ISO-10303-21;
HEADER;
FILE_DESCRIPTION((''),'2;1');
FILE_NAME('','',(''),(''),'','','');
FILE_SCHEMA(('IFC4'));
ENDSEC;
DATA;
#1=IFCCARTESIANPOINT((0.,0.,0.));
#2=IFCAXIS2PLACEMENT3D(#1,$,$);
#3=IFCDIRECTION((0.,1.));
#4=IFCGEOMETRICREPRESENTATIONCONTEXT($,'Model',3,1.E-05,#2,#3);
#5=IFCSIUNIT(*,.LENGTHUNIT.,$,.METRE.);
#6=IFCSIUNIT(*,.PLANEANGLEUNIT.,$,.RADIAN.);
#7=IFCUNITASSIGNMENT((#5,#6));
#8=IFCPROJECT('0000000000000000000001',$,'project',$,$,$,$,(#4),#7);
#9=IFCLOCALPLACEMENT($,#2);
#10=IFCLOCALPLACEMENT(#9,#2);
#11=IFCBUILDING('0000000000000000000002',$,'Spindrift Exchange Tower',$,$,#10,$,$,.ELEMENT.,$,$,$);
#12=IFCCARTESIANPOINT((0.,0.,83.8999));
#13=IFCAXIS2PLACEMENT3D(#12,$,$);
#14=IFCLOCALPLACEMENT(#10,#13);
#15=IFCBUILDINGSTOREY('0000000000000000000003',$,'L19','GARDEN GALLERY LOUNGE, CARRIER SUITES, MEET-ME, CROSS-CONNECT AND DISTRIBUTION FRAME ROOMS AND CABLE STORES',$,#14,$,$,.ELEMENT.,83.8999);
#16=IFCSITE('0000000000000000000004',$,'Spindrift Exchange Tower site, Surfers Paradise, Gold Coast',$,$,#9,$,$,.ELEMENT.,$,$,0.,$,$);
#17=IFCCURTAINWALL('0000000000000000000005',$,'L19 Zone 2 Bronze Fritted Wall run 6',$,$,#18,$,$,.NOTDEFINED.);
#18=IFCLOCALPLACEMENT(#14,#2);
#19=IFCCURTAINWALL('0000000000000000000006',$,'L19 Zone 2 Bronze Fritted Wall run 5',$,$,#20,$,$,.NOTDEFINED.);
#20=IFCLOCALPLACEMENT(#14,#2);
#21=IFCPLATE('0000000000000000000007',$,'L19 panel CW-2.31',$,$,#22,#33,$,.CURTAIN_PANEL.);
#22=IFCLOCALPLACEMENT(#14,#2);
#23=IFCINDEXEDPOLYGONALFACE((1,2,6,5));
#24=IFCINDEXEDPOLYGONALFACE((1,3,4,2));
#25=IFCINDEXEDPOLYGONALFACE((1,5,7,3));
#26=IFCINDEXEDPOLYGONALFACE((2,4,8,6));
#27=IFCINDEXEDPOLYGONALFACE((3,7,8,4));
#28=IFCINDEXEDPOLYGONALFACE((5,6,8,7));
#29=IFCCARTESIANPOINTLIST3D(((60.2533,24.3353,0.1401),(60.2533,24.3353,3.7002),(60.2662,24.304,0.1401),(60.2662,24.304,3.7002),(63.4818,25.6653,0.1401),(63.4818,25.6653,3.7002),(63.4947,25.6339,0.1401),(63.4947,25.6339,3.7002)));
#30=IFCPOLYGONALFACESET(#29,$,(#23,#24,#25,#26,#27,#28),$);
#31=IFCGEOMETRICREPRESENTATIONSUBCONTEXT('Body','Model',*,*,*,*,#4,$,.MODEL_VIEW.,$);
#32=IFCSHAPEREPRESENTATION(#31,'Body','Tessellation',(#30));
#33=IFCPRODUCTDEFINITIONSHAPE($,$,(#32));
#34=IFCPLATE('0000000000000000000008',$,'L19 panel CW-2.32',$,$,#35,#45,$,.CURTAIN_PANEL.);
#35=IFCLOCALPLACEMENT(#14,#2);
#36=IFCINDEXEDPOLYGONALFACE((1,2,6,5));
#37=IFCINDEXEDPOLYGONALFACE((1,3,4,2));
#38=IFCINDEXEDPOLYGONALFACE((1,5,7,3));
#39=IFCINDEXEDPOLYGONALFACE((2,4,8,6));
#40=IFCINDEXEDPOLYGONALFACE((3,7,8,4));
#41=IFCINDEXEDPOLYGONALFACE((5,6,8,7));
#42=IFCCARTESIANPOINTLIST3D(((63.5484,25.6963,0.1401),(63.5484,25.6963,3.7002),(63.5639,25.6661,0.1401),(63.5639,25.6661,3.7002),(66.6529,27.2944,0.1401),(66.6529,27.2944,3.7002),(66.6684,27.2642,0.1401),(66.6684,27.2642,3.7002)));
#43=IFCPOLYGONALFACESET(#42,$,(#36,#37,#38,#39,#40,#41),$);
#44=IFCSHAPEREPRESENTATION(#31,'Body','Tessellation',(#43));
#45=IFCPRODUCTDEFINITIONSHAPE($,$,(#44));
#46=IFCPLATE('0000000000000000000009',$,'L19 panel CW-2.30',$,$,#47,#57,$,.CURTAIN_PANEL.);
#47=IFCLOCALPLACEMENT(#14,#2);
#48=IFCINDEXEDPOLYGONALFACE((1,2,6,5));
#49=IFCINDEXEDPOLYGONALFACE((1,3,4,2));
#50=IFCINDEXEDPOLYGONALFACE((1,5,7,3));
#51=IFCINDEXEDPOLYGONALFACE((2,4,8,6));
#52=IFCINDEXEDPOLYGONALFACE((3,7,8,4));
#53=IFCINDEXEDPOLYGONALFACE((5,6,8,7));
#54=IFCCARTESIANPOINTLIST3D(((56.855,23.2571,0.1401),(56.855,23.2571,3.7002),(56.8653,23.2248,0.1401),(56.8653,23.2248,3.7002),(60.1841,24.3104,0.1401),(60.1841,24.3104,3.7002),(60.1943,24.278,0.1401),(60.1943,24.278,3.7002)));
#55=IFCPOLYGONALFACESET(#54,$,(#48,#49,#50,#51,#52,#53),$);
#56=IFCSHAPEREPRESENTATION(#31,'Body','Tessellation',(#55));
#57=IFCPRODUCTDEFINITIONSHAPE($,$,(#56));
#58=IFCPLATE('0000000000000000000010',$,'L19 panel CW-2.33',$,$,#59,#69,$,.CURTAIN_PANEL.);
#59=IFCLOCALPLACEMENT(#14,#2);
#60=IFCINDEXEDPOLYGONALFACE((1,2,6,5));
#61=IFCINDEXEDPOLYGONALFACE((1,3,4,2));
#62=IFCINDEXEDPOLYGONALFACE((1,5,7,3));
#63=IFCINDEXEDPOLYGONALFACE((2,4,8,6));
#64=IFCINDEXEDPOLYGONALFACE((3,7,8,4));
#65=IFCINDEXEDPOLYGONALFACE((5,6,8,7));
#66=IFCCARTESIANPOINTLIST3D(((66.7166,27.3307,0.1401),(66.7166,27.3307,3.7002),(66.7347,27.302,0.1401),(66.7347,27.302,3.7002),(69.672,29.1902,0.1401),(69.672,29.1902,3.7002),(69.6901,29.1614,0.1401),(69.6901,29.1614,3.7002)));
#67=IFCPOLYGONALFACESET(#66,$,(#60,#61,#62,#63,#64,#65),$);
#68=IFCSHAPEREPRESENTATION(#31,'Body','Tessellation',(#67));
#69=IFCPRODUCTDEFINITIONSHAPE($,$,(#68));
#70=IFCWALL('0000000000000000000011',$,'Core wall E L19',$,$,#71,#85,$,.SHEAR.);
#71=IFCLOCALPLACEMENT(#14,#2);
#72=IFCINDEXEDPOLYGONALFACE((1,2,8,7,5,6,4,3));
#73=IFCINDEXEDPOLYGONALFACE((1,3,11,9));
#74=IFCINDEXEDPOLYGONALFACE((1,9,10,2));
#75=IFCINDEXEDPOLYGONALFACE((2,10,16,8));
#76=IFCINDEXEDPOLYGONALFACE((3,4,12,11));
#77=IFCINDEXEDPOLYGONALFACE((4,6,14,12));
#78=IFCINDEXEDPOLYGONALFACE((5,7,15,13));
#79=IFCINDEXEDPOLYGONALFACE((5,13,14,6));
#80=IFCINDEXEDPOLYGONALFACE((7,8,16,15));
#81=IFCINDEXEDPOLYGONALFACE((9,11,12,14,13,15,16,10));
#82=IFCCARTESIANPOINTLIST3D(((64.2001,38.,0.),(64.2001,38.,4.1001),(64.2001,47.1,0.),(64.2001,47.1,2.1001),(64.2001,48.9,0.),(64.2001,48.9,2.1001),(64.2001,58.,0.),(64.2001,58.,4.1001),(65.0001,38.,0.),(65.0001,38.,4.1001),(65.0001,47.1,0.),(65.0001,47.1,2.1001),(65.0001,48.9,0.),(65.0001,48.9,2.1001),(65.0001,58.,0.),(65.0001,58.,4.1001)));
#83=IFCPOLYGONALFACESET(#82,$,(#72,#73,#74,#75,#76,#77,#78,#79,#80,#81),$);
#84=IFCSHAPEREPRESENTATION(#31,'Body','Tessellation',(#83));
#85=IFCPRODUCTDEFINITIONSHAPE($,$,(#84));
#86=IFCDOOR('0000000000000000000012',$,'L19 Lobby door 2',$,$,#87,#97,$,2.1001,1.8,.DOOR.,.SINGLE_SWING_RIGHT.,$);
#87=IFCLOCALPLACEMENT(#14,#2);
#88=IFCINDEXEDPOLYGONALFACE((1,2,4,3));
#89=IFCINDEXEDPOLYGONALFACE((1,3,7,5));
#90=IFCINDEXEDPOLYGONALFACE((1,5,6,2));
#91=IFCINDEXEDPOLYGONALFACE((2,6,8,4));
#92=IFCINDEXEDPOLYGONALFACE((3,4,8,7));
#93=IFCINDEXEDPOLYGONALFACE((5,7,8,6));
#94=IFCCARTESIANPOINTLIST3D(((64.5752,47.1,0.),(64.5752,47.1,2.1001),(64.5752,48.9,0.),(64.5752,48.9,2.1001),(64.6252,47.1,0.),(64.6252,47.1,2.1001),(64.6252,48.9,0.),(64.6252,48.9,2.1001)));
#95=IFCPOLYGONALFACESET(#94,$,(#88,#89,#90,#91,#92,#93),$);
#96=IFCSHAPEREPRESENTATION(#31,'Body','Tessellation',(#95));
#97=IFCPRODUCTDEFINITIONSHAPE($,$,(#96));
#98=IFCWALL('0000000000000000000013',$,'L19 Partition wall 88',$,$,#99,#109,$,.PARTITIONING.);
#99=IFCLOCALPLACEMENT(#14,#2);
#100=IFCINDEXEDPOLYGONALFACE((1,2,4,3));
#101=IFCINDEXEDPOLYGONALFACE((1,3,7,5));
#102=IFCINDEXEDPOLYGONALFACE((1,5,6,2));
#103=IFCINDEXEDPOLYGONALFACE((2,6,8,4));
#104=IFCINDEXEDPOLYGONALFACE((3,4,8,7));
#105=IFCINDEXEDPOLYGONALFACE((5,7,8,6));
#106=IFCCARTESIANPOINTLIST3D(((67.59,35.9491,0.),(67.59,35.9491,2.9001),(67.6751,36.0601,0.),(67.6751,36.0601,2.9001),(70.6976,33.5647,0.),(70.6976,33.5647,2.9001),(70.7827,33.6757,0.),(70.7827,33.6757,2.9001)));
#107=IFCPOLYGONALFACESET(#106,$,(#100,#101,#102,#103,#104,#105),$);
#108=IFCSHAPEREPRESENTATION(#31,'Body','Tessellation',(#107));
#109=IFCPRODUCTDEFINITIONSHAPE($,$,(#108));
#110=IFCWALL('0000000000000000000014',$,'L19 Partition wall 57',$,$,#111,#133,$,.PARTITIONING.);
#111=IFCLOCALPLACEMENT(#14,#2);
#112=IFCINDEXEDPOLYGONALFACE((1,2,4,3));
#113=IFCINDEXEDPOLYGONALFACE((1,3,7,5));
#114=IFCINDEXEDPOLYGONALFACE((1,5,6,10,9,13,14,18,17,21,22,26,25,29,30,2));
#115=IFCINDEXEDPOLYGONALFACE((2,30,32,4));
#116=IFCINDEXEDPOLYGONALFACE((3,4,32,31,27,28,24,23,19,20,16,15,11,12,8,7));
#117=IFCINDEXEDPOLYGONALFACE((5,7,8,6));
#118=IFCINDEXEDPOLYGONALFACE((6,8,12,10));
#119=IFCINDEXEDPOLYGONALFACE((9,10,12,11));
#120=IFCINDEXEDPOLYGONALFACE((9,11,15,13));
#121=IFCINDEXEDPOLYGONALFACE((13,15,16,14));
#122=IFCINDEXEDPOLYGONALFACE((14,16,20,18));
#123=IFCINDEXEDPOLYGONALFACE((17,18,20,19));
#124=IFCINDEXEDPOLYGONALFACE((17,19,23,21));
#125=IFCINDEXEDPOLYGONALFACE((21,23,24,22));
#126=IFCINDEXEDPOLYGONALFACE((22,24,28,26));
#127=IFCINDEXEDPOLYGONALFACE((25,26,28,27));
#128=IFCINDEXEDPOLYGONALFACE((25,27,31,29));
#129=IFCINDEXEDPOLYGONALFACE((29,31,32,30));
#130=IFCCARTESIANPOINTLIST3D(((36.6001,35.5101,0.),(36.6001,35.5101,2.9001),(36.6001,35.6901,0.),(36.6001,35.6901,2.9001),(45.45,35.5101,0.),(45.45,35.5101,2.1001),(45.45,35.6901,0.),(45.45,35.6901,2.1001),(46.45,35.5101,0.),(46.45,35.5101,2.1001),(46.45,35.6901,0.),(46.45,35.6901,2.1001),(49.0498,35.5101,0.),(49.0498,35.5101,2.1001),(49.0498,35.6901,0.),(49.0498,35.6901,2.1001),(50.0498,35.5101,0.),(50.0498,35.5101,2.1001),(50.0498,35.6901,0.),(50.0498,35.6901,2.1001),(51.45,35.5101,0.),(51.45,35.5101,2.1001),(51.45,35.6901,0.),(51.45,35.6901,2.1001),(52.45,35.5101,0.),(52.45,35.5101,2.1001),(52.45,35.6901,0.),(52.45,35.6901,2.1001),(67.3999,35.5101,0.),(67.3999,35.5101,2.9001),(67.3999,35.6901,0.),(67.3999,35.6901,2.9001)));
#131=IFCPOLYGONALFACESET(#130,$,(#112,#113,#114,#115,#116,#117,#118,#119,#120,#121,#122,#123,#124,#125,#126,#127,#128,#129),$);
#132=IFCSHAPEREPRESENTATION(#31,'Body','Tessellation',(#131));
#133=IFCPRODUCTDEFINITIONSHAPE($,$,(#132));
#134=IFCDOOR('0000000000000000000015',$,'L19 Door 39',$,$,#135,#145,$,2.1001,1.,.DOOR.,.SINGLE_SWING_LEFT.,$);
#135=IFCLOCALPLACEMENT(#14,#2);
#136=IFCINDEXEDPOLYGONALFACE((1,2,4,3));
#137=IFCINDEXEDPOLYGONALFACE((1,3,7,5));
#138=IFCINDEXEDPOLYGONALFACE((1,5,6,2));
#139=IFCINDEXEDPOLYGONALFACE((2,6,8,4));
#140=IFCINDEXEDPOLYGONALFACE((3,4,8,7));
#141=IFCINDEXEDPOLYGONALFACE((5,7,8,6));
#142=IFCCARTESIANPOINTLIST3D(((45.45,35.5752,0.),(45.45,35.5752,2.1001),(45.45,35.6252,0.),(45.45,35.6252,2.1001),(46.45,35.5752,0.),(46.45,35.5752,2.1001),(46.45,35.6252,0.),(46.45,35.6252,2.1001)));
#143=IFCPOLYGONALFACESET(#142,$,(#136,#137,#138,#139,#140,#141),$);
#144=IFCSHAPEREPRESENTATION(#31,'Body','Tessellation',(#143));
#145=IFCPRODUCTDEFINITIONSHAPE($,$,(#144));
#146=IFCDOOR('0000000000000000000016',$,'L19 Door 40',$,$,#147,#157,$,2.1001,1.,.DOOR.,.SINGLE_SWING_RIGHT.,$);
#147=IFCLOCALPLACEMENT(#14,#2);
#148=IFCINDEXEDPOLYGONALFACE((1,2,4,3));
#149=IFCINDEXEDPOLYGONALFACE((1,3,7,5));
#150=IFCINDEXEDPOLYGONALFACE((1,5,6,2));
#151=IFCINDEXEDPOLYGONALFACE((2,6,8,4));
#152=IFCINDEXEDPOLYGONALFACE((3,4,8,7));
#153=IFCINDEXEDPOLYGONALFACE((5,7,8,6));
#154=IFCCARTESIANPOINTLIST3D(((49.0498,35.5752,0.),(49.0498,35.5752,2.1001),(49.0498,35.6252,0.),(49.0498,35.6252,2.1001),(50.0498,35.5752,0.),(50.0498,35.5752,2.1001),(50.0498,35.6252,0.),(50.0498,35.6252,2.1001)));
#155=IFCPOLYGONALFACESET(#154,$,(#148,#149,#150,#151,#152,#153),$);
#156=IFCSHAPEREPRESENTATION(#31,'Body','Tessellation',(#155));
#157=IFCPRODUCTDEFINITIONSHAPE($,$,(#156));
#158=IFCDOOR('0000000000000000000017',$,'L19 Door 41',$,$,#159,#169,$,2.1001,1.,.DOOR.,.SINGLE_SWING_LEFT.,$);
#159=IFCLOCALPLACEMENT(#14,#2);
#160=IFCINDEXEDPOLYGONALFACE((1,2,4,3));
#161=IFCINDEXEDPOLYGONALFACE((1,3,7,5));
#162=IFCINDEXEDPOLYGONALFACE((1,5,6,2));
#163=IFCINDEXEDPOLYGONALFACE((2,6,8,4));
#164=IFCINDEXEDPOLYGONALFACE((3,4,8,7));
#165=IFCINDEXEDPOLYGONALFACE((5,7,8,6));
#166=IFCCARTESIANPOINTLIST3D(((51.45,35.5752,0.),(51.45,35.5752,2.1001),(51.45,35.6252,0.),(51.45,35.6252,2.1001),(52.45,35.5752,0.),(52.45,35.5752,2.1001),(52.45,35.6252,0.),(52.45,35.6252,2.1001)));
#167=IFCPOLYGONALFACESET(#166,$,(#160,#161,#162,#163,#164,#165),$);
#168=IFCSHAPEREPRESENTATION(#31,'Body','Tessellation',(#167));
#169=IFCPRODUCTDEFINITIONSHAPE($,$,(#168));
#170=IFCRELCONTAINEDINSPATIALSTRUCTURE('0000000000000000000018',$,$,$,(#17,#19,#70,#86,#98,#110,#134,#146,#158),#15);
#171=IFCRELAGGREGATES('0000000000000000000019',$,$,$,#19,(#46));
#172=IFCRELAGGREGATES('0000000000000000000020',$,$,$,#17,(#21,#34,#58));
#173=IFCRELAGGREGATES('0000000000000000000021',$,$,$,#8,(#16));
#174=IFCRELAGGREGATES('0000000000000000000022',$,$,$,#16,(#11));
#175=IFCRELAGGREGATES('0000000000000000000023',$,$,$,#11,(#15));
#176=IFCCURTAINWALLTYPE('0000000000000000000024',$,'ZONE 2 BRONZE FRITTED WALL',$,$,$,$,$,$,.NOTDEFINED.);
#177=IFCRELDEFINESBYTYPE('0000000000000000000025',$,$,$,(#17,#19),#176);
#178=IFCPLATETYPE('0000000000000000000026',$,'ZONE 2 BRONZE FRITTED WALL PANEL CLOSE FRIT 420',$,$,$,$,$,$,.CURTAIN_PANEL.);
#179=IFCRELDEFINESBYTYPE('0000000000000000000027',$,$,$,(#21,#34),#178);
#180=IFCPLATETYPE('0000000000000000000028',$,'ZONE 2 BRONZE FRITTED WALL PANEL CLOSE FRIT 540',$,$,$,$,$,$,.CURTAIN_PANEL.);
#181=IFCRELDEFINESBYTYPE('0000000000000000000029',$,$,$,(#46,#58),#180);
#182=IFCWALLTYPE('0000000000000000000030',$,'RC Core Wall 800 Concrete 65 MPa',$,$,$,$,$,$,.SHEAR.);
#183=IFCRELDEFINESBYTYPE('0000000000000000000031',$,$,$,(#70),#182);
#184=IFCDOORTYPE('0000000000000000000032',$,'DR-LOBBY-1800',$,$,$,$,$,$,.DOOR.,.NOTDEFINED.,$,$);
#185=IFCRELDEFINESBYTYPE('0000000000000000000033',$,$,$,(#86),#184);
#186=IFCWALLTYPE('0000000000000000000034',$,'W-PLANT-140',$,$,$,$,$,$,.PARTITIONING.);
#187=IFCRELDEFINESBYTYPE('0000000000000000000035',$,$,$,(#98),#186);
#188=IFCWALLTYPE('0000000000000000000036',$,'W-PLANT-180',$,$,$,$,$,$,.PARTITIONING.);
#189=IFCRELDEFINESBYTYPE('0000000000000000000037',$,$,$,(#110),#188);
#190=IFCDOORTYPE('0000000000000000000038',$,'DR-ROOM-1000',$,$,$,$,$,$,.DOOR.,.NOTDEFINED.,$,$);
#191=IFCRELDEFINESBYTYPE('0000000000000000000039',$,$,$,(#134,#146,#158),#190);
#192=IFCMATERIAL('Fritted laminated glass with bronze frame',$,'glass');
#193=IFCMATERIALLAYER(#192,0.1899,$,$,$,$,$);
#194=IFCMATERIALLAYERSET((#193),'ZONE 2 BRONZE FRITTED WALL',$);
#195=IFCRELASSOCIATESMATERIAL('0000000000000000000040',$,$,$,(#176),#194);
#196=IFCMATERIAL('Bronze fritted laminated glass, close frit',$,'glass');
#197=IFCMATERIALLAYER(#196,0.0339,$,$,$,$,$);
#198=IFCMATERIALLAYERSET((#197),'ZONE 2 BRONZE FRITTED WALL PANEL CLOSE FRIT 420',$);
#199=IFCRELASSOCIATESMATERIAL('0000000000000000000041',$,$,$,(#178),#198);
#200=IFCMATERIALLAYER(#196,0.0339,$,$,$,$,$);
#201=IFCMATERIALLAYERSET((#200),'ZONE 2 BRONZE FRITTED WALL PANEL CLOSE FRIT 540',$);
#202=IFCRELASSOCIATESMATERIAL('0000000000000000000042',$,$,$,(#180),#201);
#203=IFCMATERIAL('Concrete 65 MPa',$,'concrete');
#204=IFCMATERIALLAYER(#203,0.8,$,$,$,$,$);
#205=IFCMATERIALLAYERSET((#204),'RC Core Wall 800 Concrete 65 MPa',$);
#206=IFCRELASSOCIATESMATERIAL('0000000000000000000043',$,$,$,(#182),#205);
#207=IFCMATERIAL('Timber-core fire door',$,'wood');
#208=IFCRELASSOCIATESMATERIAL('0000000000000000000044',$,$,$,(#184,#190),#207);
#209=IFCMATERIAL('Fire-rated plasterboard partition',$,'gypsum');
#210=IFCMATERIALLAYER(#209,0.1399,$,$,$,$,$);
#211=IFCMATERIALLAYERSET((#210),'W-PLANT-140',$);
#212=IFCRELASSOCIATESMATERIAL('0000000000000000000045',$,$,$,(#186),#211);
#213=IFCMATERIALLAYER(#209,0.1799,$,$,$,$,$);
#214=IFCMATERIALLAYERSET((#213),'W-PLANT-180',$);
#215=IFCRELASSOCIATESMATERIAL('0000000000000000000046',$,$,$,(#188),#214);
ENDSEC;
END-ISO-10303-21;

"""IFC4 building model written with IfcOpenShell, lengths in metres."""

from ifc_helpers import new_model, si_unit, direction, frame, frame_2d, origin, origin_2d, place, context, subcontext, project, spatial, rectangle, extrude, source, transform, mapped, material, layer, layer_set, type_object, element, fill, aggregate, save


model = new_model("IFC4")

# Units and contexts
model_context = context("Model", 3, precision=1e-05, world=origin(), true_north=direction((0.0, 1.0)))
body_context = subcontext(model_context, "Body", "Model", "MODEL_VIEW")
ifc_project = project(units=[si_unit("LENGTHUNIT", "METRE"), si_unit("PLANEANGLEUNIT", "RADIAN")], contexts=[model_context])

# Site, building, storey
site_placement = place(None, origin())
site = spatial("IfcSite", under=ifc_project, at=site_placement, Name="Spindrift Exchange Tower site, Surfers Paradise, Gold Coast", CompositionType="ELEMENT", RefElevation=0.0)
building_placement = place(site_placement, origin())
building = spatial("IfcBuilding", under=site, at=building_placement, Name="Spindrift Exchange Tower", CompositionType="ELEMENT")
storey_placement = place(building_placement, frame((0.0, 0.0, 83.8999)))
storey = spatial("IfcBuildingStorey", under=building, at=storey_placement, Name="L19", Description="GARDEN GALLERY LOUNGE, CARRIER SUITES, MEET-ME, CROSS-CONNECT AND DISTRIBUTION FRAME ROOMS AND CABLE STORES", CompositionType="ELEMENT", Elevation=83.8999)

# Shared definitions
ifc_material_1 = material(Name="Concrete 65 MPa", Category="concrete")

# Curtain wall
ifc_material_2 = material(Name="Fritted laminated glass with bronze frame", Category="glass")
ifc_layer_1 = layer(ifc_material_2, 0.1899)
ifc_layer_set_1 = layer_set([ifc_layer_1], Name="ZONE 2 BRONZE FRITTED WALL")
curtain_wall_type = type_object("IfcCurtainWallType", Name="ZONE 2 BRONZE FRITTED WALL", PredefinedType="NOTDEFINED", material=ifc_layer_set_1)
curtain_wall_1_placement = place(storey_placement, origin())
curtain_wall_1 = element("IfcCurtainWall", 1, at=curtain_wall_1_placement, inside=storey, type_object=curtain_wall_type, Name="L19 Zone 2 Bronze Fritted Wall run 6", PredefinedType="NOTDEFINED")

# Curtain wall
curtain_wall_2_placement = place(storey_placement, origin())
curtain_wall_2 = element("IfcCurtainWall", 2, at=curtain_wall_2_placement, inside=storey, type_object=curtain_wall_type, Name="L19 Zone 2 Bronze Fritted Wall run 5", PredefinedType="NOTDEFINED")

# Plates
ifc_material_3 = material(Name="Bronze fritted laminated glass, close frit", Category="glass")
ifc_layer_2 = layer(ifc_material_3, 0.0339)
ifc_layer_set_2 = layer_set([ifc_layer_2], Name="ZONE 2 BRONZE FRITTED WALL PANEL CLOSE FRIT 420")
plate_type_1 = type_object("IfcPlateType", Name="ZONE 2 BRONZE FRITTED WALL PANEL CLOSE FRIT 420", PredefinedType="CURTAIN_PANEL", material=ifc_layer_set_2)
shared_shape_1 = source(origin(), body_context, "Body", "SweptSolid", [
    extrude(rectangle(XDim=3.4917, YDim=0.0339, at=origin_2d()), origin(), (0.0, 0.0, 1.0), 3.5601),
])
plate_1_placement = place(storey_placement, frame((61.874, 24.9846, 0.1401), z_axis=(0.0, 0.0, 1.0), x_axis=(0.924624, 0.38088, 0.0)))
plate_1 = element("IfcPlate", 3, at=plate_1_placement, type_object=plate_type_1, Name="L19 panel CW-2.31", PredefinedType="CURTAIN_PANEL", context=body_context, shape_type="MappedRepresentation", body=[
    mapped(shared_shape_1, transform((0.0, 0.0, 0.0), scale=1.0)),
])
plate_2_placement = place(storey_placement, frame((65.1084, 26.4802, 0.1401), z_axis=(0.0, 0.0, 1.0), x_axis=(0.889111, 0.457691, 0.0)))
plate_2 = element("IfcPlate", 4, at=plate_2_placement, type_object=plate_type_1, Name="L19 panel CW-2.32", PredefinedType="CURTAIN_PANEL", context=body_context, shape_type="MappedRepresentation", body=[
    mapped(shared_shape_1, transform((0.0, 0.0, 0.0), scale=1.0)),
])
ifc_layer_3 = layer(ifc_material_3, 0.0339)
ifc_layer_set_3 = layer_set([ifc_layer_3], Name="ZONE 2 BRONZE FRITTED WALL PANEL CLOSE FRIT 540")
plate_type_2 = type_object("IfcPlateType", Name="ZONE 2 BRONZE FRITTED WALL PANEL CLOSE FRIT 540", PredefinedType="CURTAIN_PANEL", material=ifc_layer_set_3)
shared_shape_2 = source(origin(), body_context, "Body", "SweptSolid", [
    extrude(rectangle(XDim=3.4917, YDim=0.0339, at=origin_2d()), origin(), (0.0, 0.0, 1.0), 3.5601),
])
plate_3_placement = place(storey_placement, frame((58.5247, 23.7676, 0.1401), z_axis=(0.0, 0.0, 1.0), x_axis=(0.953417, 0.301656, 0.0)))
plate_3 = element("IfcPlate", 5, at=plate_3_placement, type_object=plate_type_2, Name="L19 panel CW-2.30", PredefinedType="CURTAIN_PANEL", context=body_context, shape_type="MappedRepresentation", body=[
    mapped(shared_shape_2, transform((0.0, 0.0, 0.0), scale=1.0)),
])
aggregate(curtain_wall_2, [plate_3])
plate_4_placement = place(storey_placement, frame((68.2034, 28.2461, 0.1401), z_axis=(0.0, 0.0, 1.0), x_axis=(0.846414, 0.532526, 0.0)))
plate_4 = element("IfcPlate", 6, at=plate_4_placement, type_object=plate_type_2, Name="L19 panel CW-2.33", PredefinedType="CURTAIN_PANEL", context=body_context, shape_type="MappedRepresentation", body=[
    mapped(shared_shape_2, transform((0.0, 0.0, 0.0), scale=1.0)),
])
aggregate(curtain_wall_1, [plate_1, plate_2, plate_4])

# Wall, opening, door
ifc_layer_4 = layer(ifc_material_1, 0.8)
ifc_layer_set_4 = layer_set([ifc_layer_4], Name="RC Core Wall 800 Concrete 65 MPa")
wall_type_1 = type_object("IfcWallType", Name="RC Core Wall 800 Concrete 65 MPa", PredefinedType="SHEAR", material=ifc_layer_set_4)
wall_1_placement = place(storey_placement, frame((64.6001, 38.0, 0.0), z_axis=(0.0, 0.0, 1.0), x_axis=(0.0, 1.0, 0.0)))
wall_1 = element("IfcWall", 7, at=wall_1_placement, inside=storey, type_object=wall_type_1, Name="Core wall E L19", PredefinedType="SHEAR", context=body_context, shape_type="SweptSolid", body=[
    extrude(rectangle(XDim=20.0, YDim=0.8, at=frame_2d((10.0, 0.0))), origin(), (0.0, 0.0, 1.0), 4.1001),
])
opening_1_placement = place(wall_1_placement, frame((9.1001, 0.0, 0.0)))
opening_1 = element("IfcOpeningElement", 8, at=opening_1_placement, cuts=wall_1, PredefinedType="OPENING", context=body_context, shape_type="SweptSolid", body=[
    extrude(rectangle(XDim=1.8, YDim=2.1001, at=frame_2d((0.8999, 1.05))), frame((0.0, 0.4099, 0.0), z_axis=(0.0, -1.0, 0.0), x_axis=(1.0, 0.0, 0.0)), (0.0, 0.0, 1.0), 0.8201),
])
ifc_material_4 = material(Name="Timber-core fire door", Category="wood")
door_type_1 = type_object("IfcDoorType", Name="DR-LOBBY-1800", OperationType="NOTDEFINED", PredefinedType="DOOR", material=ifc_material_4)
shared_shape_3 = source(origin(), body_context, "Body", "SweptSolid", [
    extrude(rectangle(XDim=1.8, YDim=2.1001, at=frame_2d((0.8999, 1.05))), frame((0.0, 0.0249, 0.0), z_axis=(0.0, -1.0, 0.0), x_axis=(1.0, 0.0, 0.0)), (0.0, 0.0, 1.0), 0.05),
])
door_1_placement = place(opening_1_placement, origin())
door_1 = element("IfcDoor", 9, at=door_1_placement, inside=storey, type_object=door_type_1, Name="L19 Lobby door 2", OperationType="SINGLE_SWING_RIGHT", OverallHeight=2.1001, OverallWidth=1.8, PredefinedType="DOOR", context=body_context, shape_type="MappedRepresentation", body=[
    mapped(shared_shape_3, transform((0.0, 0.0, 0.0), scale=1.0)),
])
fill(opening_1, door_1)

# Wall
ifc_material_5 = material(Name="Fire-rated plasterboard partition", Category="gypsum")
ifc_layer_5 = layer(ifc_material_5, 0.1399)
ifc_layer_set_5 = layer_set([ifc_layer_5], Name="W-PLANT-140")
wall_type_2 = type_object("IfcWallType", Name="W-PLANT-140", PredefinedType="PARTITIONING", material=ifc_layer_set_5)
wall_2_placement = place(storey_placement, frame((67.6326, 36.0046, 0.0), z_axis=(0.0, 0.0, 1.0), x_axis=(0.793363, -0.608749, 0.0)))
element("IfcWall", 10, at=wall_2_placement, inside=storey, type_object=wall_type_2, Name="L19 Partition wall 88", PredefinedType="PARTITIONING", context=body_context, shape_type="SweptSolid", body=[
    extrude(rectangle(XDim=3.917, YDim=0.1399, at=frame_2d((1.9585, 0.0))), origin(), (0.0, 0.0, 1.0), 2.9001),
])

# Wall, openings, doors
ifc_layer_6 = layer(ifc_material_5, 0.1799)
ifc_layer_set_6 = layer_set([ifc_layer_6], Name="W-PLANT-180")
wall_type_3 = type_object("IfcWallType", Name="W-PLANT-180", PredefinedType="PARTITIONING", material=ifc_layer_set_6)
wall_3_placement = place(storey_placement, frame((67.3999, 35.6001, 0.0), z_axis=(0.0, 0.0, 1.0), x_axis=(-1.0, 0.0, 0.0)))
wall_3 = element("IfcWall", 11, at=wall_3_placement, inside=storey, type_object=wall_type_3, Name="L19 Partition wall 57", PredefinedType="PARTITIONING", context=body_context, shape_type="SweptSolid", body=[
    extrude(rectangle(XDim=30.7998, YDim=0.1799, at=frame_2d((15.3999, 0.0))), origin(), (0.0, 0.0, 1.0), 2.9001),
])
opening_2_placement = place(wall_3_placement, frame((20.95, 0.0, 0.0)))
opening_2 = element("IfcOpeningElement", 12, at=opening_2_placement, cuts=wall_3, PredefinedType="OPENING", context=body_context, shape_type="SweptSolid", body=[
    extrude(rectangle(XDim=1.0, YDim=2.1001, at=frame_2d((0.5, 1.05))), frame((0.0, 0.0999, 0.0), z_axis=(0.0, -1.0, 0.0), x_axis=(1.0, 0.0, 0.0)), (0.0, 0.0, 1.0), 0.2),
])
opening_3_placement = place(wall_3_placement, frame((17.3501, 0.0, 0.0)))
opening_3 = element("IfcOpeningElement", 13, at=opening_3_placement, cuts=wall_3, PredefinedType="OPENING", context=body_context, shape_type="SweptSolid", body=[
    extrude(rectangle(XDim=1.0, YDim=2.1001, at=frame_2d((0.5, 1.05))), frame((0.0, 0.0999, 0.0), z_axis=(0.0, -1.0, 0.0), x_axis=(1.0, 0.0, 0.0)), (0.0, 0.0, 1.0), 0.2),
])
opening_4_placement = place(wall_3_placement, frame((14.95, 0.0, 0.0)))
opening_4 = element("IfcOpeningElement", 14, at=opening_4_placement, cuts=wall_3, PredefinedType="OPENING", context=body_context, shape_type="SweptSolid", body=[
    extrude(rectangle(XDim=1.0, YDim=2.1001, at=frame_2d((0.5, 1.05))), frame((0.0, 0.0999, 0.0), z_axis=(0.0, -1.0, 0.0), x_axis=(1.0, 0.0, 0.0)), (0.0, 0.0, 1.0), 0.2),
])
door_type_2 = type_object("IfcDoorType", Name="DR-ROOM-1000", OperationType="NOTDEFINED", PredefinedType="DOOR", material=ifc_material_4)
shared_shape_4 = source(origin(), body_context, "Body", "SweptSolid", [
    extrude(rectangle(XDim=1.0, YDim=2.1001, at=frame_2d((0.5, 1.05))), frame((0.0, 0.0249, 0.0), z_axis=(0.0, -1.0, 0.0), x_axis=(1.0, 0.0, 0.0)), (0.0, 0.0, 1.0), 0.05),
])
door_2_placement = place(opening_2_placement, origin())
door_2 = element("IfcDoor", 15, at=door_2_placement, inside=storey, type_object=door_type_2, Name="L19 Door 39", OperationType="SINGLE_SWING_LEFT", OverallHeight=2.1001, OverallWidth=1.0, PredefinedType="DOOR", context=body_context, shape_type="MappedRepresentation", body=[
    mapped(shared_shape_4, transform((0.0, 0.0, 0.0), scale=1.0)),
])
fill(opening_2, door_2)
door_3_placement = place(opening_3_placement, origin())
door_3 = element("IfcDoor", 16, at=door_3_placement, inside=storey, type_object=door_type_2, Name="L19 Door 40", OperationType="SINGLE_SWING_RIGHT", OverallHeight=2.1001, OverallWidth=1.0, PredefinedType="DOOR", context=body_context, shape_type="MappedRepresentation", body=[
    mapped(shared_shape_4, transform((0.0, 0.0, 0.0), scale=1.0)),
])
fill(opening_3, door_3)
door_4_placement = place(opening_4_placement, origin())
door_4 = element("IfcDoor", 17, at=door_4_placement, inside=storey, type_object=door_type_2, Name="L19 Door 41", OperationType="SINGLE_SWING_LEFT", OverallHeight=2.1001, OverallWidth=1.0, PredefinedType="DOOR", context=body_context, shape_type="MappedRepresentation", body=[
    mapped(shared_shape_4, transform((0.0, 0.0, 0.0), scale=1.0)),
])
fill(opening_4, door_4)

save(model, "model.ifc")
